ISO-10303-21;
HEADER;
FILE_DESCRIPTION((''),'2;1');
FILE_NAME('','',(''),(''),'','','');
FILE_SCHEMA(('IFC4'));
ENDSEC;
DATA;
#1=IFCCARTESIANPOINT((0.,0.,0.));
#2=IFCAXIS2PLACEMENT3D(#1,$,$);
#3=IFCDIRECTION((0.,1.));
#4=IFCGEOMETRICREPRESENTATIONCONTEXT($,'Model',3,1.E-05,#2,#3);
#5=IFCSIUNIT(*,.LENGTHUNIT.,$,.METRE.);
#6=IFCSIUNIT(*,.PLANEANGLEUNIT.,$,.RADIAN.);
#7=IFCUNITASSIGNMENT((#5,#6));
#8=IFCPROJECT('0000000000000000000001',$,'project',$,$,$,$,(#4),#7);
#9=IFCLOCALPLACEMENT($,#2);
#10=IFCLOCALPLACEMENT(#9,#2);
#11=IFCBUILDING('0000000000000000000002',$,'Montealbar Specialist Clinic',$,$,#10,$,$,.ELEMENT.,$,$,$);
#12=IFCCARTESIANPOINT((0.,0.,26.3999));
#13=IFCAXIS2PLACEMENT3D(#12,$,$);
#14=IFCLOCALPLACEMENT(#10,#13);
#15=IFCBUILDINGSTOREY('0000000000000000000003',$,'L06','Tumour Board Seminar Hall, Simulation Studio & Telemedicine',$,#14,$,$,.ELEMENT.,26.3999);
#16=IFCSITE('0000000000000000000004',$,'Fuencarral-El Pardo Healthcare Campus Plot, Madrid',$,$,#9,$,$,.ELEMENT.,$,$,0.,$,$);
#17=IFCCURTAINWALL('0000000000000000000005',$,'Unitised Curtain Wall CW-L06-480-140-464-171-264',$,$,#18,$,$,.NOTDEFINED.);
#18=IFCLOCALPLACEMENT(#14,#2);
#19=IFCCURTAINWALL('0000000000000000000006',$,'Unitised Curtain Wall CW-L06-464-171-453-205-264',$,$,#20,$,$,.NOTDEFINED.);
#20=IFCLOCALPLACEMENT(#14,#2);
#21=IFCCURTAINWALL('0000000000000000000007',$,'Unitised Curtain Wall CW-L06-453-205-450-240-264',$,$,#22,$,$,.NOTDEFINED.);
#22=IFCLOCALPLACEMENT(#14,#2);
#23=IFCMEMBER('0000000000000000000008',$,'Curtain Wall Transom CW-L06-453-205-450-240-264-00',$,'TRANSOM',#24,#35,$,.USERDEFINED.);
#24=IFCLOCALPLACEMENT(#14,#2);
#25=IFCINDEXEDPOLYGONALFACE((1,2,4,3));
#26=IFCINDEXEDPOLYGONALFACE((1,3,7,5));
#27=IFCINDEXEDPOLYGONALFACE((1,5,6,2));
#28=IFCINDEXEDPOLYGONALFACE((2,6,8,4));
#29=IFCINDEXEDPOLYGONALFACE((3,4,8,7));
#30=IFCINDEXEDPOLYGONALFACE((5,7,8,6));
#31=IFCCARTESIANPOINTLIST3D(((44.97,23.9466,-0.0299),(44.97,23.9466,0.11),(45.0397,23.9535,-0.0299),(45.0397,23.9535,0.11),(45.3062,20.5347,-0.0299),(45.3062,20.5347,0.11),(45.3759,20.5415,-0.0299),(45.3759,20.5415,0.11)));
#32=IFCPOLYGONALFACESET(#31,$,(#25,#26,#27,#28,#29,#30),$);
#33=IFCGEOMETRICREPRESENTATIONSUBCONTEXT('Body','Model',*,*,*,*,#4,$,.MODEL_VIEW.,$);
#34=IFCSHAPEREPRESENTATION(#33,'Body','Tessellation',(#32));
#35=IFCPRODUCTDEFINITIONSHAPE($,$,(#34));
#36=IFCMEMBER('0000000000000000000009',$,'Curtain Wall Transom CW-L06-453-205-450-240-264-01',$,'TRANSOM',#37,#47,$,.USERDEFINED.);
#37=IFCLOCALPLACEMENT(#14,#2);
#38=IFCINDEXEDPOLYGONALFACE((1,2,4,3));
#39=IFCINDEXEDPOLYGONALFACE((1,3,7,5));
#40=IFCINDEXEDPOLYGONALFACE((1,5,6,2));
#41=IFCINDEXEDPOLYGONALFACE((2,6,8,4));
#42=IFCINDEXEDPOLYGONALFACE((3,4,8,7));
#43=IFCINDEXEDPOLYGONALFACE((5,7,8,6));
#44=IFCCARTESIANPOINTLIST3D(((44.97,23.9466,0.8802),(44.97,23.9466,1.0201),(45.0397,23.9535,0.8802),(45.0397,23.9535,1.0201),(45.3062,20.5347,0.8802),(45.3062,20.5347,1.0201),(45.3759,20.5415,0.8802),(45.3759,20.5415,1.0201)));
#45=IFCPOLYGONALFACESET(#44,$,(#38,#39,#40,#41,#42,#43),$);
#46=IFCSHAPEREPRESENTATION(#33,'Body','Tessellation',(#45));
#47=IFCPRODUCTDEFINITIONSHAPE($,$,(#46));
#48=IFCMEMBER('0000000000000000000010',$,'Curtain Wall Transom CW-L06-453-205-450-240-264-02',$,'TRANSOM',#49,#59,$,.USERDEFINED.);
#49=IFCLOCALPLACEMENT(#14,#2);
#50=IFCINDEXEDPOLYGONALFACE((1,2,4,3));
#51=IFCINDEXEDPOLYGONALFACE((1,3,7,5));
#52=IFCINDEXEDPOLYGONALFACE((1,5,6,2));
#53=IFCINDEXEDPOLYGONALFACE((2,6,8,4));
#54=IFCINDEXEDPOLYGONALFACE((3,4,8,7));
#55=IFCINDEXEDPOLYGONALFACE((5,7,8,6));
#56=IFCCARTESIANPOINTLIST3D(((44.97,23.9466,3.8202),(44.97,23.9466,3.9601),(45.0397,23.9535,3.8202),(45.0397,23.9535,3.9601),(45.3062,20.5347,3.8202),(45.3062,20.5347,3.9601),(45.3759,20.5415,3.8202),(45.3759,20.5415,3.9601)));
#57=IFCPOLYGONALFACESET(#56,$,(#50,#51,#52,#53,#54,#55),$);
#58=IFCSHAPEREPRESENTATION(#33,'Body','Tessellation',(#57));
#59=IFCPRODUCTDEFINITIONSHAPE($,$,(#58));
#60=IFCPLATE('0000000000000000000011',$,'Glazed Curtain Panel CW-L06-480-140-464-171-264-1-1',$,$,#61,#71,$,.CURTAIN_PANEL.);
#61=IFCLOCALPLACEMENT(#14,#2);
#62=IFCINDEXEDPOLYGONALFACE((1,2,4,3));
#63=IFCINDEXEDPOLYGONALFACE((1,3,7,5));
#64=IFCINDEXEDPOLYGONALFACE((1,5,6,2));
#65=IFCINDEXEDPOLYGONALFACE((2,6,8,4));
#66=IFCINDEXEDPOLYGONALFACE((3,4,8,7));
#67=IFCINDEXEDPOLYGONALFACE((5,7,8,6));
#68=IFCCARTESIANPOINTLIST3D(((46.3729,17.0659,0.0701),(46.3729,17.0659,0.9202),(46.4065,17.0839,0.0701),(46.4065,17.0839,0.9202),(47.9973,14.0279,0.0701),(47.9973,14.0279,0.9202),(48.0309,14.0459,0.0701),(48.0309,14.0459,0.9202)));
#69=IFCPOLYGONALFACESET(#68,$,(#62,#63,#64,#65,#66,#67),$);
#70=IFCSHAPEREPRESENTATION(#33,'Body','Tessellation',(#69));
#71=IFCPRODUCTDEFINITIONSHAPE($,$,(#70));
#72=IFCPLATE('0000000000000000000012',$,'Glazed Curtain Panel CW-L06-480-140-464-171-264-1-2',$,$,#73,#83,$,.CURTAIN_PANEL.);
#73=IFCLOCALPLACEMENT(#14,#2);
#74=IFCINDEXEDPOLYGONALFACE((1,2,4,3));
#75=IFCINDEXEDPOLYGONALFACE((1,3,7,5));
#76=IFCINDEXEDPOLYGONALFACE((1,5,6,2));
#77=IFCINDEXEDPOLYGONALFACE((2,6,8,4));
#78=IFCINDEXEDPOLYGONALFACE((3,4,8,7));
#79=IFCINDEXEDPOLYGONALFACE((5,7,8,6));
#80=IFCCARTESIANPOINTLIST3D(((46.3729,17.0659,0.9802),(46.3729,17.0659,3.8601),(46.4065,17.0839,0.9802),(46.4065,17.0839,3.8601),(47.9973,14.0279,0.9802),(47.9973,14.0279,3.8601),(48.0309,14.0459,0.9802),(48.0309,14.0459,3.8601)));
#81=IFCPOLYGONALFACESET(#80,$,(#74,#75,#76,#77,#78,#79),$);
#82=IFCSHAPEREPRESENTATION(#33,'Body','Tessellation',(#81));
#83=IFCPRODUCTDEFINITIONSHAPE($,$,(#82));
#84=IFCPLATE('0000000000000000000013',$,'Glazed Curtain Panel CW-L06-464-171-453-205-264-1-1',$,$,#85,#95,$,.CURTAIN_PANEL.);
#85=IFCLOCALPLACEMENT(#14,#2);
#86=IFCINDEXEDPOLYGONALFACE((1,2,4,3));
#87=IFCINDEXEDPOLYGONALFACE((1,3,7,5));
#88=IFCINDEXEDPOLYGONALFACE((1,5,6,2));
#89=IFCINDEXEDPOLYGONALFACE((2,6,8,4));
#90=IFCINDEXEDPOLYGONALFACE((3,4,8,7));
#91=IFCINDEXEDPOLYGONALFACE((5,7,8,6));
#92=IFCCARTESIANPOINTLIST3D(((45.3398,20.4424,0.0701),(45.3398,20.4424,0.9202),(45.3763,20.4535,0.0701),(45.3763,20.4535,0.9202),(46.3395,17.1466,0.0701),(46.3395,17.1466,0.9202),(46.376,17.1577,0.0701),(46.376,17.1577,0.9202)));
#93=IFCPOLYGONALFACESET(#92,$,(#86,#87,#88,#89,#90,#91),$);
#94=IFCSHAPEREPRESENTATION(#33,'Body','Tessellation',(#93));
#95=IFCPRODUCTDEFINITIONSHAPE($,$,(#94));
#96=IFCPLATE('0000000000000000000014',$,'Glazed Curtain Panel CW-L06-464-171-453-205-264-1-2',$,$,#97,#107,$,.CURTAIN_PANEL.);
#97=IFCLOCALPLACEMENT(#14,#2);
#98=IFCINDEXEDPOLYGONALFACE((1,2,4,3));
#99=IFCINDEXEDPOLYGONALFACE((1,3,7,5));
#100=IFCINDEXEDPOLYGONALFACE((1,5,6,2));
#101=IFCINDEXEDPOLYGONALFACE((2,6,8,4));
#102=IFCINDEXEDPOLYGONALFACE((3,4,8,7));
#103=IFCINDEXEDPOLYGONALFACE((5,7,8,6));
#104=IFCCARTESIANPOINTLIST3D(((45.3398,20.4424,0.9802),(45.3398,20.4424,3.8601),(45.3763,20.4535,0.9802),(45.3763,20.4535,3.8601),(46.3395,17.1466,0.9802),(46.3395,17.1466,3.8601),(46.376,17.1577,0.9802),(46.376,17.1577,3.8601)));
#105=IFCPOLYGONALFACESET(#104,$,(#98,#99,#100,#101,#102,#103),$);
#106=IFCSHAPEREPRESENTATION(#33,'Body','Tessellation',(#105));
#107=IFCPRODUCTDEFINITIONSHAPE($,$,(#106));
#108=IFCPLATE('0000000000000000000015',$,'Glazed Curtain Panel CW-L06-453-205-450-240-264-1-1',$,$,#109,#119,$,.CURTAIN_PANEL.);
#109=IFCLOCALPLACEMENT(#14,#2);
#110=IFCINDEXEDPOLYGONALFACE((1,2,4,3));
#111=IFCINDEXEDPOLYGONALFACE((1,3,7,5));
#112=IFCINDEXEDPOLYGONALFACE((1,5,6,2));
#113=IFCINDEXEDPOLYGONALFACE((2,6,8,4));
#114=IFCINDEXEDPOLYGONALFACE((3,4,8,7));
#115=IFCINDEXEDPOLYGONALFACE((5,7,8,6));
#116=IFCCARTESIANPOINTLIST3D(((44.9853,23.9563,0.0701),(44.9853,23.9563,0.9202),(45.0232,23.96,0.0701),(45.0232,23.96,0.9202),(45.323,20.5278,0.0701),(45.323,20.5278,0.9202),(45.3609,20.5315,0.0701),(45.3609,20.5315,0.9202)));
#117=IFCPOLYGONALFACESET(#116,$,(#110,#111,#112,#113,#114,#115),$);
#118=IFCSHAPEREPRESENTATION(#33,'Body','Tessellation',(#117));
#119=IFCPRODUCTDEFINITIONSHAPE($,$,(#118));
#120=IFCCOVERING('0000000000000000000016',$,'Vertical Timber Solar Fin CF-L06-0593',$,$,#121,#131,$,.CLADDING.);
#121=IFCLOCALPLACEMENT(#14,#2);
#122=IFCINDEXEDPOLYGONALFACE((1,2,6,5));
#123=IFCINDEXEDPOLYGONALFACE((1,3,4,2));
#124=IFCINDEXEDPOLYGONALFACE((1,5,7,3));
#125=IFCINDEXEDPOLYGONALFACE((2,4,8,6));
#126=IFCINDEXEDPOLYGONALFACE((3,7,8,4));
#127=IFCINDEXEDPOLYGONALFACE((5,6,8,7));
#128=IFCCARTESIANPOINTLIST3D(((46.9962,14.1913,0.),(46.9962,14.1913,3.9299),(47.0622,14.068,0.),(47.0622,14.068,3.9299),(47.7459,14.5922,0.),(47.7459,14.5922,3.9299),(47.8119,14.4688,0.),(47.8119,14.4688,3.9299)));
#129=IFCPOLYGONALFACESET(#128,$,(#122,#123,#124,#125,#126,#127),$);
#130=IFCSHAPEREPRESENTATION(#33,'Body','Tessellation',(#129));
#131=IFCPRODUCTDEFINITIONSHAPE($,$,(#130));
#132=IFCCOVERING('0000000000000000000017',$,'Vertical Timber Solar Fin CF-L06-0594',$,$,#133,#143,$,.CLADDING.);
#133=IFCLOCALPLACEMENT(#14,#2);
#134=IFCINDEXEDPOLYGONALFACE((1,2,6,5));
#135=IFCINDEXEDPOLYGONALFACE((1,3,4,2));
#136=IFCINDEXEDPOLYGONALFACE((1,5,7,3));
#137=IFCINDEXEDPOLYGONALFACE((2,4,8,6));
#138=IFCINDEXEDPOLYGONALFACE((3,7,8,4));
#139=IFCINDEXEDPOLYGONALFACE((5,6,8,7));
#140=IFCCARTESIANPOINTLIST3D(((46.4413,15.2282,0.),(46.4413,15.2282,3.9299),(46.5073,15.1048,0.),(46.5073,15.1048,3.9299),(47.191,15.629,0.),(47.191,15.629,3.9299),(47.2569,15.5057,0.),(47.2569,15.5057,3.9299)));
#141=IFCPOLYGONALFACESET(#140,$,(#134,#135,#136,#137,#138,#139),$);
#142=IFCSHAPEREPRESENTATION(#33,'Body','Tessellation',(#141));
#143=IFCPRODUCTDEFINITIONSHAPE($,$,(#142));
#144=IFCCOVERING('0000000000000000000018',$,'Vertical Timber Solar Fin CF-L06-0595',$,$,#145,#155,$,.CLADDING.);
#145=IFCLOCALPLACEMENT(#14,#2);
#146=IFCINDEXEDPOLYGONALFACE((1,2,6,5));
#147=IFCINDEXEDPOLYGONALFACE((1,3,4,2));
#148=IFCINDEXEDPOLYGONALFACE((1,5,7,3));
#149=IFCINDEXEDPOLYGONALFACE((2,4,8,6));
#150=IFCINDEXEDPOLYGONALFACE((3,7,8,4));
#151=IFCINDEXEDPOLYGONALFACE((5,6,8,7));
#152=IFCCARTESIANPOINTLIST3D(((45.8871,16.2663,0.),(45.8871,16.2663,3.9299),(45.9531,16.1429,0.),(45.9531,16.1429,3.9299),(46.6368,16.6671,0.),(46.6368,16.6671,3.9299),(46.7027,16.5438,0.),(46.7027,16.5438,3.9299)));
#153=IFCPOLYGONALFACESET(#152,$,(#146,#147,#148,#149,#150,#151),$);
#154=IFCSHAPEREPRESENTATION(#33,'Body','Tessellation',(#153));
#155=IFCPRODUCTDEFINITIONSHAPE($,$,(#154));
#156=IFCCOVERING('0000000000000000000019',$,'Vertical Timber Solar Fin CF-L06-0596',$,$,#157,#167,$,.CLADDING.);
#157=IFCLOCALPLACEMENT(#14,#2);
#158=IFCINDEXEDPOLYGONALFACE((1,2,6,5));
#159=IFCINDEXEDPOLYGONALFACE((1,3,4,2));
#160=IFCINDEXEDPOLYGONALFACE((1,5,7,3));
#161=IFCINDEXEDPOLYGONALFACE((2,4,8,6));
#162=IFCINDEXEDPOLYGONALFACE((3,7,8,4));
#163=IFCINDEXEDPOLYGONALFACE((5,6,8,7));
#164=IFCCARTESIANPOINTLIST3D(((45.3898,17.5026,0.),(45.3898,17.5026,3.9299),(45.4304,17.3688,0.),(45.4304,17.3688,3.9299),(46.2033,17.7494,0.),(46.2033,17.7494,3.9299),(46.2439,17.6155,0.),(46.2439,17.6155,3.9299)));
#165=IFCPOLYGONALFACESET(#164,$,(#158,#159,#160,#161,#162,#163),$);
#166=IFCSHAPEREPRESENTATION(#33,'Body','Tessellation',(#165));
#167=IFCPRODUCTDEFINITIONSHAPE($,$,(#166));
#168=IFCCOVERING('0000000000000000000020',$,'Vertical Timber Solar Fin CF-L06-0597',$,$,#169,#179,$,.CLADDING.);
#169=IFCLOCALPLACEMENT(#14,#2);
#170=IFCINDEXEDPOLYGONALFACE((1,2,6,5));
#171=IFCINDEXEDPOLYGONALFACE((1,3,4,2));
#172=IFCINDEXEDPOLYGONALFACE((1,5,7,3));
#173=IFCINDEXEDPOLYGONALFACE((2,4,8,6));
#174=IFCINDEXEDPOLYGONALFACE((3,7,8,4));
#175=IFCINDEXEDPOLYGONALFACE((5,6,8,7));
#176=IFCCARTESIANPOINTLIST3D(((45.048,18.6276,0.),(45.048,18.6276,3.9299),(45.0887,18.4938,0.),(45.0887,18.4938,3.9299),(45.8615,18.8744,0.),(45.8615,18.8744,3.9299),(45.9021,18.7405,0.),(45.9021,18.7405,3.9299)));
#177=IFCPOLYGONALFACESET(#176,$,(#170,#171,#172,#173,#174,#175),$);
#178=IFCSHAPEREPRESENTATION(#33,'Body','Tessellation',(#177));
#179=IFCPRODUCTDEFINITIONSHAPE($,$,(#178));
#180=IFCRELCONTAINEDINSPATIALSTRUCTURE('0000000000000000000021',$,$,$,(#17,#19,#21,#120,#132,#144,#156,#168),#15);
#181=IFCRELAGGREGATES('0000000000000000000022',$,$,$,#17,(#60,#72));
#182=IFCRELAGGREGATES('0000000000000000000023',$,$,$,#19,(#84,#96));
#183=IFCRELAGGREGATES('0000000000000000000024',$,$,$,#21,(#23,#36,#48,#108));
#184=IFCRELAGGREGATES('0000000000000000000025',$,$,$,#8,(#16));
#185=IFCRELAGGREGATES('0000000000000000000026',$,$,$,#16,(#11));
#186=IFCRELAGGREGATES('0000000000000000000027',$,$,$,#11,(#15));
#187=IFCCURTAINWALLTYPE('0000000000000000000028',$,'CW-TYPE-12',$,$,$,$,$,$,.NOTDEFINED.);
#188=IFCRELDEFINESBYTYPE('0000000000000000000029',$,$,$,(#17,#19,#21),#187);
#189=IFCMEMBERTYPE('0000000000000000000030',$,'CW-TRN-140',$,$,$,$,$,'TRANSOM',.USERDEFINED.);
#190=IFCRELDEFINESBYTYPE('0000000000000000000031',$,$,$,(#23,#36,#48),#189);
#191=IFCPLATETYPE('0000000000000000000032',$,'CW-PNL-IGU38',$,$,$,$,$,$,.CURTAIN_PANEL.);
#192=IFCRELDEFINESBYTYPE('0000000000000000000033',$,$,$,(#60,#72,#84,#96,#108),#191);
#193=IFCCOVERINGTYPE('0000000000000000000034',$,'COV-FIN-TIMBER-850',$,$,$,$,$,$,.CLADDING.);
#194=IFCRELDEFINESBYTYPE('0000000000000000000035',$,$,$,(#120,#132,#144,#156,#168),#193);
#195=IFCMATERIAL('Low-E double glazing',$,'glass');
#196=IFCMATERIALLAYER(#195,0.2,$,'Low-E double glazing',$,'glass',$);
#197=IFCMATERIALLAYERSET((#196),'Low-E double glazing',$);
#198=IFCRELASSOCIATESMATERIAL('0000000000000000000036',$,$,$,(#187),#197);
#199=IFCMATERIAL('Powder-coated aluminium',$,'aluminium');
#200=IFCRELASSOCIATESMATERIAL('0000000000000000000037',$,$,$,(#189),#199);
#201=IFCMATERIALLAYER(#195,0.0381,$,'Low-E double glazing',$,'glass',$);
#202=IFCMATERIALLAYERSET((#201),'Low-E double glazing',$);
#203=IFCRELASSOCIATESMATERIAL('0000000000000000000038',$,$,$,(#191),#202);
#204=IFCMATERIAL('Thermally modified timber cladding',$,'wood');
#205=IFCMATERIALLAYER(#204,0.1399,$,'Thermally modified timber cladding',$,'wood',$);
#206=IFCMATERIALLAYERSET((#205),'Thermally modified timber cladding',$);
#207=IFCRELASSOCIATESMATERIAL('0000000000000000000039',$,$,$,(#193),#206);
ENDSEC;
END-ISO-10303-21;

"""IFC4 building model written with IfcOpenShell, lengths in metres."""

from ifc_helpers import new_model, si_unit, direction, frame, origin, origin_2d, place, context, subcontext, project, spatial, rectangle, extrude, material, layer, layer_set, material_profile, profile_set, type_object, element, aggregate, save


model = new_model("IFC4")

# Units and contexts
model_context = context("Model", 3, precision=1e-05, world=origin(), true_north=direction((0.0, 1.0)))
body_context = subcontext(model_context, "Body", "Model", "MODEL_VIEW")
ifc_project = project(units=[si_unit("LENGTHUNIT", "METRE"), si_unit("PLANEANGLEUNIT", "RADIAN")], contexts=[model_context])

# Site, building, storey
site_placement = place(None, origin())
site = spatial("IfcSite", under=ifc_project, at=site_placement, Name="Fuencarral-El Pardo Healthcare Campus Plot, Madrid", CompositionType="ELEMENT", RefElevation=0.0)
building_placement = place(site_placement, origin())
building = spatial("IfcBuilding", under=site, at=building_placement, Name="Montealbar Specialist Clinic", CompositionType="ELEMENT")
storey_placement = place(building_placement, frame((0.0, 0.0, 26.3999)))
storey = spatial("IfcBuildingStorey", under=building, at=storey_placement, Name="L06", Description="Tumour Board Seminar Hall, Simulation Studio & Telemedicine", CompositionType="ELEMENT", Elevation=26.3999)

# Curtain wall
ifc_material_1 = material(Name="Low-E double glazing", Category="glass")
ifc_layer_1 = layer(ifc_material_1, 0.2, Name="Low-E double glazing", Category="glass")
ifc_layer_set_1 = layer_set([ifc_layer_1], Name="Low-E double glazing")
curtain_wall_type = type_object("IfcCurtainWallType", Name="CW-TYPE-12", PredefinedType="NOTDEFINED", material=ifc_layer_set_1)
curtain_wall_1_placement = place(storey_placement, origin())
curtain_wall_1 = element("IfcCurtainWall", 1, at=curtain_wall_1_placement, inside=storey, type_object=curtain_wall_type, Name="Unitised Curtain Wall CW-L06-480-140-464-171-264", PredefinedType="NOTDEFINED")

# Curtain wall
curtain_wall_2_placement = place(storey_placement, origin())
curtain_wall_2 = element("IfcCurtainWall", 2, at=curtain_wall_2_placement, inside=storey, type_object=curtain_wall_type, Name="Unitised Curtain Wall CW-L06-464-171-453-205-264", PredefinedType="NOTDEFINED")

# Curtain wall
curtain_wall_3_placement = place(storey_placement, origin())
curtain_wall_3 = element("IfcCurtainWall", 3, at=curtain_wall_3_placement, inside=storey, type_object=curtain_wall_type, Name="Unitised Curtain Wall CW-L06-453-205-450-240-264", PredefinedType="NOTDEFINED")

# Members
ifc_material_2 = material(Name="Powder-coated aluminium", Category="aluminium")
ifc_material_profile_1 = material_profile(ifc_material_2, rectangle(XDim=0.0701, YDim=0.1399, at=origin_2d()), Name="ALU 70x140", Category="aluminium")
ifc_profile_set_1 = profile_set([ifc_material_profile_1], Name="Powder-coated aluminium")
member_type_1 = type_object("IfcMemberType", Name="CW-TRN-140", ElementType="TRANSOM", PredefinedType="USERDEFINED", material=ifc_profile_set_1)
member_1_placement = place(storey_placement, frame((45.3411, 20.5381, 0.04), z_axis=(-0.098058, 0.995181, 0.0), x_axis=(-0.995181, -0.098058, 0.0)))
member_1 = element("IfcMember", 4, at=member_1_placement, type_object=member_type_1, Name="Curtain Wall Transom CW-L06-453-205-450-240-264-00", ObjectType="TRANSOM", PredefinedType="USERDEFINED", context=body_context, shape_type="SweptSolid", body=[
    extrude(rectangle(XDim=0.0701, YDim=0.1399, at=origin_2d()), origin(), (0.0, 0.0, 1.0), 3.4285),
])
member_2_placement = place(storey_placement, frame((45.3411, 20.5381, 0.9502), z_axis=(-0.098058, 0.995181, 0.0), x_axis=(-0.995181, -0.098058, 0.0)))
member_2 = element("IfcMember", 5, at=member_2_placement, type_object=member_type_1, Name="Curtain Wall Transom CW-L06-453-205-450-240-264-01", ObjectType="TRANSOM", PredefinedType="USERDEFINED", context=body_context, shape_type="SweptSolid", body=[
    extrude(rectangle(XDim=0.0701, YDim=0.1399, at=origin_2d()), origin(), (0.0, 0.0, 1.0), 3.4285),
])
member_3_placement = place(storey_placement, frame((45.3411, 20.5381, 3.8901), z_axis=(-0.098058, 0.995181, 0.0), x_axis=(-0.995181, -0.098058, 0.0)))
member_3 = element("IfcMember", 6, at=member_3_placement, type_object=member_type_1, Name="Curtain Wall Transom CW-L06-453-205-450-240-264-02", ObjectType="TRANSOM", PredefinedType="USERDEFINED", context=body_context, shape_type="SweptSolid", body=[
    extrude(rectangle(XDim=0.0701, YDim=0.1399, at=origin_2d()), origin(), (0.0, 0.0, 1.0), 3.4285),
])

# Plates
ifc_layer_2 = layer(ifc_material_1, 0.0381, Name="Low-E double glazing", Category="glass")
ifc_layer_set_2 = layer_set([ifc_layer_2], Name="Low-E double glazing")
plate_type = type_object("IfcPlateType", Name="CW-PNL-IGU38", PredefinedType="CURTAIN_PANEL", material=ifc_layer_set_2)
plate_1_placement = place(storey_placement, frame((47.2019, 15.5559, 0.0701), z_axis=(0.0, 0.0, 1.0), x_axis=(-0.471529, 0.88185, 0.0)))
plate_1 = element("IfcPlate", 7, at=plate_1_placement, type_object=plate_type, Name="Glazed Curtain Panel CW-L06-480-140-464-171-264-1-1", PredefinedType="CURTAIN_PANEL", context=body_context, shape_type="SweptSolid", body=[
    extrude(rectangle(XDim=3.4451, YDim=0.0381, at=origin_2d()), origin(), (0.0, 0.0, 1.0), 0.8501),
])
plate_2_placement = place(storey_placement, frame((47.2019, 15.5559, 0.9802), z_axis=(0.0, 0.0, 1.0), x_axis=(-0.471529, 0.88185, 0.0)))
plate_2 = element("IfcPlate", 8, at=plate_2_placement, type_object=plate_type, Name="Glazed Curtain Panel CW-L06-480-140-464-171-264-1-2", PredefinedType="CURTAIN_PANEL", context=body_context, shape_type="SweptSolid", body=[
    extrude(rectangle(XDim=3.4451, YDim=0.0381, at=origin_2d()), origin(), (0.0, 0.0, 1.0), 2.8799),
])
aggregate(curtain_wall_1, [plate_1, plate_2])
plate_3_placement = place(storey_placement, frame((45.8579, 18.8, 0.0701), z_axis=(0.0, 0.0, 1.0), x_axis=(-0.290259, 0.956948, 0.0)))
plate_3 = element("IfcPlate", 9, at=plate_3_placement, type_object=plate_type, Name="Glazed Curtain Panel CW-L06-464-171-453-205-264-1-1", PredefinedType="CURTAIN_PANEL", context=body_context, shape_type="SweptSolid", body=[
    extrude(rectangle(XDim=3.4441, YDim=0.0381, at=origin_2d()), origin(), (0.0, 0.0, 1.0), 0.8501),
])
plate_4_placement = place(storey_placement, frame((45.8579, 18.8, 0.9802), z_axis=(0.0, 0.0, 1.0), x_axis=(-0.290259, 0.956948, 0.0)))
plate_4 = element("IfcPlate", 10, at=plate_4_placement, type_object=plate_type, Name="Glazed Curtain Panel CW-L06-464-171-453-205-264-1-2", PredefinedType="CURTAIN_PANEL", context=body_context, shape_type="SweptSolid", body=[
    extrude(rectangle(XDim=3.4441, YDim=0.0381, at=origin_2d()), origin(), (0.0, 0.0, 1.0), 2.8799),
])
aggregate(curtain_wall_2, [plate_3, plate_4])
plate_5_placement = place(storey_placement, frame((45.1731, 22.2439, 0.0701), z_axis=(0.0, 0.0, 1.0), x_axis=(-0.098045, 0.995182, 0.0)))
plate_5 = element("IfcPlate", 11, at=plate_5_placement, type_object=plate_type, Name="Glazed Curtain Panel CW-L06-453-205-450-240-264-1-1", PredefinedType="CURTAIN_PANEL", context=body_context, shape_type="SweptSolid", body=[
    extrude(rectangle(XDim=3.4451, YDim=0.0381, at=origin_2d()), origin(), (0.0, 0.0, 1.0), 0.8501),
])
aggregate(curtain_wall_3, [member_1, member_2, member_3, plate_5])

# Coverings
ifc_material_3 = material(Name="Thermally modified timber cladding", Category="wood")
ifc_layer_3 = layer(ifc_material_3, 0.1399, Name="Thermally modified timber cladding", Category="wood")
ifc_layer_set_3 = layer_set([ifc_layer_3], Name="Thermally modified timber cladding")
covering_type = type_object("IfcCoveringType", Name="COV-FIN-TIMBER-850", PredefinedType="CLADDING", material=ifc_layer_set_3)
for number, where, z_axis, x_axis, name in (
    (12, (47.4041, 14.3301, 0.0), (0.0, 0.0, 1.0), (-0.88185, -0.471529, 0.0), "Vertical Timber Solar Fin CF-L06-0593"),
    (13, (46.8491, 15.3669, 0.0), (0.0, 0.0, 1.0), (-0.88185, -0.471529, 0.0), "Vertical Timber Solar Fin CF-L06-0594"),
    (14, (46.2949, 16.405, 0.0), (0.0, 0.0, 1.0), (-0.88185, -0.471529, 0.0), "Vertical Timber Solar Fin CF-L06-0595"),
    (15, (45.8169, 17.5591, 0.0), (0.0, 0.0, 1.0), (-0.956948, -0.290259, 0.0), "Vertical Timber Solar Fin CF-L06-0596"),
    (16, (45.4751, 18.6841, 0.0), (0.0, 0.0, 1.0), (-0.956948, -0.290259, 0.0), "Vertical Timber Solar Fin CF-L06-0597"),
):
    element("IfcCovering", number, at=place(storey_placement, frame(where, z_axis=z_axis, x_axis=x_axis)), inside=storey, type_object=covering_type, Name=name, PredefinedType="CLADDING", context=body_context, shape_type="SweptSolid", body=[
        extrude(rectangle(XDim=0.8501, YDim=0.1399, at=origin_2d()), origin(), (0.0, 0.0, 1.0), 3.9299),
    ])

save(model, "model.ifc")
